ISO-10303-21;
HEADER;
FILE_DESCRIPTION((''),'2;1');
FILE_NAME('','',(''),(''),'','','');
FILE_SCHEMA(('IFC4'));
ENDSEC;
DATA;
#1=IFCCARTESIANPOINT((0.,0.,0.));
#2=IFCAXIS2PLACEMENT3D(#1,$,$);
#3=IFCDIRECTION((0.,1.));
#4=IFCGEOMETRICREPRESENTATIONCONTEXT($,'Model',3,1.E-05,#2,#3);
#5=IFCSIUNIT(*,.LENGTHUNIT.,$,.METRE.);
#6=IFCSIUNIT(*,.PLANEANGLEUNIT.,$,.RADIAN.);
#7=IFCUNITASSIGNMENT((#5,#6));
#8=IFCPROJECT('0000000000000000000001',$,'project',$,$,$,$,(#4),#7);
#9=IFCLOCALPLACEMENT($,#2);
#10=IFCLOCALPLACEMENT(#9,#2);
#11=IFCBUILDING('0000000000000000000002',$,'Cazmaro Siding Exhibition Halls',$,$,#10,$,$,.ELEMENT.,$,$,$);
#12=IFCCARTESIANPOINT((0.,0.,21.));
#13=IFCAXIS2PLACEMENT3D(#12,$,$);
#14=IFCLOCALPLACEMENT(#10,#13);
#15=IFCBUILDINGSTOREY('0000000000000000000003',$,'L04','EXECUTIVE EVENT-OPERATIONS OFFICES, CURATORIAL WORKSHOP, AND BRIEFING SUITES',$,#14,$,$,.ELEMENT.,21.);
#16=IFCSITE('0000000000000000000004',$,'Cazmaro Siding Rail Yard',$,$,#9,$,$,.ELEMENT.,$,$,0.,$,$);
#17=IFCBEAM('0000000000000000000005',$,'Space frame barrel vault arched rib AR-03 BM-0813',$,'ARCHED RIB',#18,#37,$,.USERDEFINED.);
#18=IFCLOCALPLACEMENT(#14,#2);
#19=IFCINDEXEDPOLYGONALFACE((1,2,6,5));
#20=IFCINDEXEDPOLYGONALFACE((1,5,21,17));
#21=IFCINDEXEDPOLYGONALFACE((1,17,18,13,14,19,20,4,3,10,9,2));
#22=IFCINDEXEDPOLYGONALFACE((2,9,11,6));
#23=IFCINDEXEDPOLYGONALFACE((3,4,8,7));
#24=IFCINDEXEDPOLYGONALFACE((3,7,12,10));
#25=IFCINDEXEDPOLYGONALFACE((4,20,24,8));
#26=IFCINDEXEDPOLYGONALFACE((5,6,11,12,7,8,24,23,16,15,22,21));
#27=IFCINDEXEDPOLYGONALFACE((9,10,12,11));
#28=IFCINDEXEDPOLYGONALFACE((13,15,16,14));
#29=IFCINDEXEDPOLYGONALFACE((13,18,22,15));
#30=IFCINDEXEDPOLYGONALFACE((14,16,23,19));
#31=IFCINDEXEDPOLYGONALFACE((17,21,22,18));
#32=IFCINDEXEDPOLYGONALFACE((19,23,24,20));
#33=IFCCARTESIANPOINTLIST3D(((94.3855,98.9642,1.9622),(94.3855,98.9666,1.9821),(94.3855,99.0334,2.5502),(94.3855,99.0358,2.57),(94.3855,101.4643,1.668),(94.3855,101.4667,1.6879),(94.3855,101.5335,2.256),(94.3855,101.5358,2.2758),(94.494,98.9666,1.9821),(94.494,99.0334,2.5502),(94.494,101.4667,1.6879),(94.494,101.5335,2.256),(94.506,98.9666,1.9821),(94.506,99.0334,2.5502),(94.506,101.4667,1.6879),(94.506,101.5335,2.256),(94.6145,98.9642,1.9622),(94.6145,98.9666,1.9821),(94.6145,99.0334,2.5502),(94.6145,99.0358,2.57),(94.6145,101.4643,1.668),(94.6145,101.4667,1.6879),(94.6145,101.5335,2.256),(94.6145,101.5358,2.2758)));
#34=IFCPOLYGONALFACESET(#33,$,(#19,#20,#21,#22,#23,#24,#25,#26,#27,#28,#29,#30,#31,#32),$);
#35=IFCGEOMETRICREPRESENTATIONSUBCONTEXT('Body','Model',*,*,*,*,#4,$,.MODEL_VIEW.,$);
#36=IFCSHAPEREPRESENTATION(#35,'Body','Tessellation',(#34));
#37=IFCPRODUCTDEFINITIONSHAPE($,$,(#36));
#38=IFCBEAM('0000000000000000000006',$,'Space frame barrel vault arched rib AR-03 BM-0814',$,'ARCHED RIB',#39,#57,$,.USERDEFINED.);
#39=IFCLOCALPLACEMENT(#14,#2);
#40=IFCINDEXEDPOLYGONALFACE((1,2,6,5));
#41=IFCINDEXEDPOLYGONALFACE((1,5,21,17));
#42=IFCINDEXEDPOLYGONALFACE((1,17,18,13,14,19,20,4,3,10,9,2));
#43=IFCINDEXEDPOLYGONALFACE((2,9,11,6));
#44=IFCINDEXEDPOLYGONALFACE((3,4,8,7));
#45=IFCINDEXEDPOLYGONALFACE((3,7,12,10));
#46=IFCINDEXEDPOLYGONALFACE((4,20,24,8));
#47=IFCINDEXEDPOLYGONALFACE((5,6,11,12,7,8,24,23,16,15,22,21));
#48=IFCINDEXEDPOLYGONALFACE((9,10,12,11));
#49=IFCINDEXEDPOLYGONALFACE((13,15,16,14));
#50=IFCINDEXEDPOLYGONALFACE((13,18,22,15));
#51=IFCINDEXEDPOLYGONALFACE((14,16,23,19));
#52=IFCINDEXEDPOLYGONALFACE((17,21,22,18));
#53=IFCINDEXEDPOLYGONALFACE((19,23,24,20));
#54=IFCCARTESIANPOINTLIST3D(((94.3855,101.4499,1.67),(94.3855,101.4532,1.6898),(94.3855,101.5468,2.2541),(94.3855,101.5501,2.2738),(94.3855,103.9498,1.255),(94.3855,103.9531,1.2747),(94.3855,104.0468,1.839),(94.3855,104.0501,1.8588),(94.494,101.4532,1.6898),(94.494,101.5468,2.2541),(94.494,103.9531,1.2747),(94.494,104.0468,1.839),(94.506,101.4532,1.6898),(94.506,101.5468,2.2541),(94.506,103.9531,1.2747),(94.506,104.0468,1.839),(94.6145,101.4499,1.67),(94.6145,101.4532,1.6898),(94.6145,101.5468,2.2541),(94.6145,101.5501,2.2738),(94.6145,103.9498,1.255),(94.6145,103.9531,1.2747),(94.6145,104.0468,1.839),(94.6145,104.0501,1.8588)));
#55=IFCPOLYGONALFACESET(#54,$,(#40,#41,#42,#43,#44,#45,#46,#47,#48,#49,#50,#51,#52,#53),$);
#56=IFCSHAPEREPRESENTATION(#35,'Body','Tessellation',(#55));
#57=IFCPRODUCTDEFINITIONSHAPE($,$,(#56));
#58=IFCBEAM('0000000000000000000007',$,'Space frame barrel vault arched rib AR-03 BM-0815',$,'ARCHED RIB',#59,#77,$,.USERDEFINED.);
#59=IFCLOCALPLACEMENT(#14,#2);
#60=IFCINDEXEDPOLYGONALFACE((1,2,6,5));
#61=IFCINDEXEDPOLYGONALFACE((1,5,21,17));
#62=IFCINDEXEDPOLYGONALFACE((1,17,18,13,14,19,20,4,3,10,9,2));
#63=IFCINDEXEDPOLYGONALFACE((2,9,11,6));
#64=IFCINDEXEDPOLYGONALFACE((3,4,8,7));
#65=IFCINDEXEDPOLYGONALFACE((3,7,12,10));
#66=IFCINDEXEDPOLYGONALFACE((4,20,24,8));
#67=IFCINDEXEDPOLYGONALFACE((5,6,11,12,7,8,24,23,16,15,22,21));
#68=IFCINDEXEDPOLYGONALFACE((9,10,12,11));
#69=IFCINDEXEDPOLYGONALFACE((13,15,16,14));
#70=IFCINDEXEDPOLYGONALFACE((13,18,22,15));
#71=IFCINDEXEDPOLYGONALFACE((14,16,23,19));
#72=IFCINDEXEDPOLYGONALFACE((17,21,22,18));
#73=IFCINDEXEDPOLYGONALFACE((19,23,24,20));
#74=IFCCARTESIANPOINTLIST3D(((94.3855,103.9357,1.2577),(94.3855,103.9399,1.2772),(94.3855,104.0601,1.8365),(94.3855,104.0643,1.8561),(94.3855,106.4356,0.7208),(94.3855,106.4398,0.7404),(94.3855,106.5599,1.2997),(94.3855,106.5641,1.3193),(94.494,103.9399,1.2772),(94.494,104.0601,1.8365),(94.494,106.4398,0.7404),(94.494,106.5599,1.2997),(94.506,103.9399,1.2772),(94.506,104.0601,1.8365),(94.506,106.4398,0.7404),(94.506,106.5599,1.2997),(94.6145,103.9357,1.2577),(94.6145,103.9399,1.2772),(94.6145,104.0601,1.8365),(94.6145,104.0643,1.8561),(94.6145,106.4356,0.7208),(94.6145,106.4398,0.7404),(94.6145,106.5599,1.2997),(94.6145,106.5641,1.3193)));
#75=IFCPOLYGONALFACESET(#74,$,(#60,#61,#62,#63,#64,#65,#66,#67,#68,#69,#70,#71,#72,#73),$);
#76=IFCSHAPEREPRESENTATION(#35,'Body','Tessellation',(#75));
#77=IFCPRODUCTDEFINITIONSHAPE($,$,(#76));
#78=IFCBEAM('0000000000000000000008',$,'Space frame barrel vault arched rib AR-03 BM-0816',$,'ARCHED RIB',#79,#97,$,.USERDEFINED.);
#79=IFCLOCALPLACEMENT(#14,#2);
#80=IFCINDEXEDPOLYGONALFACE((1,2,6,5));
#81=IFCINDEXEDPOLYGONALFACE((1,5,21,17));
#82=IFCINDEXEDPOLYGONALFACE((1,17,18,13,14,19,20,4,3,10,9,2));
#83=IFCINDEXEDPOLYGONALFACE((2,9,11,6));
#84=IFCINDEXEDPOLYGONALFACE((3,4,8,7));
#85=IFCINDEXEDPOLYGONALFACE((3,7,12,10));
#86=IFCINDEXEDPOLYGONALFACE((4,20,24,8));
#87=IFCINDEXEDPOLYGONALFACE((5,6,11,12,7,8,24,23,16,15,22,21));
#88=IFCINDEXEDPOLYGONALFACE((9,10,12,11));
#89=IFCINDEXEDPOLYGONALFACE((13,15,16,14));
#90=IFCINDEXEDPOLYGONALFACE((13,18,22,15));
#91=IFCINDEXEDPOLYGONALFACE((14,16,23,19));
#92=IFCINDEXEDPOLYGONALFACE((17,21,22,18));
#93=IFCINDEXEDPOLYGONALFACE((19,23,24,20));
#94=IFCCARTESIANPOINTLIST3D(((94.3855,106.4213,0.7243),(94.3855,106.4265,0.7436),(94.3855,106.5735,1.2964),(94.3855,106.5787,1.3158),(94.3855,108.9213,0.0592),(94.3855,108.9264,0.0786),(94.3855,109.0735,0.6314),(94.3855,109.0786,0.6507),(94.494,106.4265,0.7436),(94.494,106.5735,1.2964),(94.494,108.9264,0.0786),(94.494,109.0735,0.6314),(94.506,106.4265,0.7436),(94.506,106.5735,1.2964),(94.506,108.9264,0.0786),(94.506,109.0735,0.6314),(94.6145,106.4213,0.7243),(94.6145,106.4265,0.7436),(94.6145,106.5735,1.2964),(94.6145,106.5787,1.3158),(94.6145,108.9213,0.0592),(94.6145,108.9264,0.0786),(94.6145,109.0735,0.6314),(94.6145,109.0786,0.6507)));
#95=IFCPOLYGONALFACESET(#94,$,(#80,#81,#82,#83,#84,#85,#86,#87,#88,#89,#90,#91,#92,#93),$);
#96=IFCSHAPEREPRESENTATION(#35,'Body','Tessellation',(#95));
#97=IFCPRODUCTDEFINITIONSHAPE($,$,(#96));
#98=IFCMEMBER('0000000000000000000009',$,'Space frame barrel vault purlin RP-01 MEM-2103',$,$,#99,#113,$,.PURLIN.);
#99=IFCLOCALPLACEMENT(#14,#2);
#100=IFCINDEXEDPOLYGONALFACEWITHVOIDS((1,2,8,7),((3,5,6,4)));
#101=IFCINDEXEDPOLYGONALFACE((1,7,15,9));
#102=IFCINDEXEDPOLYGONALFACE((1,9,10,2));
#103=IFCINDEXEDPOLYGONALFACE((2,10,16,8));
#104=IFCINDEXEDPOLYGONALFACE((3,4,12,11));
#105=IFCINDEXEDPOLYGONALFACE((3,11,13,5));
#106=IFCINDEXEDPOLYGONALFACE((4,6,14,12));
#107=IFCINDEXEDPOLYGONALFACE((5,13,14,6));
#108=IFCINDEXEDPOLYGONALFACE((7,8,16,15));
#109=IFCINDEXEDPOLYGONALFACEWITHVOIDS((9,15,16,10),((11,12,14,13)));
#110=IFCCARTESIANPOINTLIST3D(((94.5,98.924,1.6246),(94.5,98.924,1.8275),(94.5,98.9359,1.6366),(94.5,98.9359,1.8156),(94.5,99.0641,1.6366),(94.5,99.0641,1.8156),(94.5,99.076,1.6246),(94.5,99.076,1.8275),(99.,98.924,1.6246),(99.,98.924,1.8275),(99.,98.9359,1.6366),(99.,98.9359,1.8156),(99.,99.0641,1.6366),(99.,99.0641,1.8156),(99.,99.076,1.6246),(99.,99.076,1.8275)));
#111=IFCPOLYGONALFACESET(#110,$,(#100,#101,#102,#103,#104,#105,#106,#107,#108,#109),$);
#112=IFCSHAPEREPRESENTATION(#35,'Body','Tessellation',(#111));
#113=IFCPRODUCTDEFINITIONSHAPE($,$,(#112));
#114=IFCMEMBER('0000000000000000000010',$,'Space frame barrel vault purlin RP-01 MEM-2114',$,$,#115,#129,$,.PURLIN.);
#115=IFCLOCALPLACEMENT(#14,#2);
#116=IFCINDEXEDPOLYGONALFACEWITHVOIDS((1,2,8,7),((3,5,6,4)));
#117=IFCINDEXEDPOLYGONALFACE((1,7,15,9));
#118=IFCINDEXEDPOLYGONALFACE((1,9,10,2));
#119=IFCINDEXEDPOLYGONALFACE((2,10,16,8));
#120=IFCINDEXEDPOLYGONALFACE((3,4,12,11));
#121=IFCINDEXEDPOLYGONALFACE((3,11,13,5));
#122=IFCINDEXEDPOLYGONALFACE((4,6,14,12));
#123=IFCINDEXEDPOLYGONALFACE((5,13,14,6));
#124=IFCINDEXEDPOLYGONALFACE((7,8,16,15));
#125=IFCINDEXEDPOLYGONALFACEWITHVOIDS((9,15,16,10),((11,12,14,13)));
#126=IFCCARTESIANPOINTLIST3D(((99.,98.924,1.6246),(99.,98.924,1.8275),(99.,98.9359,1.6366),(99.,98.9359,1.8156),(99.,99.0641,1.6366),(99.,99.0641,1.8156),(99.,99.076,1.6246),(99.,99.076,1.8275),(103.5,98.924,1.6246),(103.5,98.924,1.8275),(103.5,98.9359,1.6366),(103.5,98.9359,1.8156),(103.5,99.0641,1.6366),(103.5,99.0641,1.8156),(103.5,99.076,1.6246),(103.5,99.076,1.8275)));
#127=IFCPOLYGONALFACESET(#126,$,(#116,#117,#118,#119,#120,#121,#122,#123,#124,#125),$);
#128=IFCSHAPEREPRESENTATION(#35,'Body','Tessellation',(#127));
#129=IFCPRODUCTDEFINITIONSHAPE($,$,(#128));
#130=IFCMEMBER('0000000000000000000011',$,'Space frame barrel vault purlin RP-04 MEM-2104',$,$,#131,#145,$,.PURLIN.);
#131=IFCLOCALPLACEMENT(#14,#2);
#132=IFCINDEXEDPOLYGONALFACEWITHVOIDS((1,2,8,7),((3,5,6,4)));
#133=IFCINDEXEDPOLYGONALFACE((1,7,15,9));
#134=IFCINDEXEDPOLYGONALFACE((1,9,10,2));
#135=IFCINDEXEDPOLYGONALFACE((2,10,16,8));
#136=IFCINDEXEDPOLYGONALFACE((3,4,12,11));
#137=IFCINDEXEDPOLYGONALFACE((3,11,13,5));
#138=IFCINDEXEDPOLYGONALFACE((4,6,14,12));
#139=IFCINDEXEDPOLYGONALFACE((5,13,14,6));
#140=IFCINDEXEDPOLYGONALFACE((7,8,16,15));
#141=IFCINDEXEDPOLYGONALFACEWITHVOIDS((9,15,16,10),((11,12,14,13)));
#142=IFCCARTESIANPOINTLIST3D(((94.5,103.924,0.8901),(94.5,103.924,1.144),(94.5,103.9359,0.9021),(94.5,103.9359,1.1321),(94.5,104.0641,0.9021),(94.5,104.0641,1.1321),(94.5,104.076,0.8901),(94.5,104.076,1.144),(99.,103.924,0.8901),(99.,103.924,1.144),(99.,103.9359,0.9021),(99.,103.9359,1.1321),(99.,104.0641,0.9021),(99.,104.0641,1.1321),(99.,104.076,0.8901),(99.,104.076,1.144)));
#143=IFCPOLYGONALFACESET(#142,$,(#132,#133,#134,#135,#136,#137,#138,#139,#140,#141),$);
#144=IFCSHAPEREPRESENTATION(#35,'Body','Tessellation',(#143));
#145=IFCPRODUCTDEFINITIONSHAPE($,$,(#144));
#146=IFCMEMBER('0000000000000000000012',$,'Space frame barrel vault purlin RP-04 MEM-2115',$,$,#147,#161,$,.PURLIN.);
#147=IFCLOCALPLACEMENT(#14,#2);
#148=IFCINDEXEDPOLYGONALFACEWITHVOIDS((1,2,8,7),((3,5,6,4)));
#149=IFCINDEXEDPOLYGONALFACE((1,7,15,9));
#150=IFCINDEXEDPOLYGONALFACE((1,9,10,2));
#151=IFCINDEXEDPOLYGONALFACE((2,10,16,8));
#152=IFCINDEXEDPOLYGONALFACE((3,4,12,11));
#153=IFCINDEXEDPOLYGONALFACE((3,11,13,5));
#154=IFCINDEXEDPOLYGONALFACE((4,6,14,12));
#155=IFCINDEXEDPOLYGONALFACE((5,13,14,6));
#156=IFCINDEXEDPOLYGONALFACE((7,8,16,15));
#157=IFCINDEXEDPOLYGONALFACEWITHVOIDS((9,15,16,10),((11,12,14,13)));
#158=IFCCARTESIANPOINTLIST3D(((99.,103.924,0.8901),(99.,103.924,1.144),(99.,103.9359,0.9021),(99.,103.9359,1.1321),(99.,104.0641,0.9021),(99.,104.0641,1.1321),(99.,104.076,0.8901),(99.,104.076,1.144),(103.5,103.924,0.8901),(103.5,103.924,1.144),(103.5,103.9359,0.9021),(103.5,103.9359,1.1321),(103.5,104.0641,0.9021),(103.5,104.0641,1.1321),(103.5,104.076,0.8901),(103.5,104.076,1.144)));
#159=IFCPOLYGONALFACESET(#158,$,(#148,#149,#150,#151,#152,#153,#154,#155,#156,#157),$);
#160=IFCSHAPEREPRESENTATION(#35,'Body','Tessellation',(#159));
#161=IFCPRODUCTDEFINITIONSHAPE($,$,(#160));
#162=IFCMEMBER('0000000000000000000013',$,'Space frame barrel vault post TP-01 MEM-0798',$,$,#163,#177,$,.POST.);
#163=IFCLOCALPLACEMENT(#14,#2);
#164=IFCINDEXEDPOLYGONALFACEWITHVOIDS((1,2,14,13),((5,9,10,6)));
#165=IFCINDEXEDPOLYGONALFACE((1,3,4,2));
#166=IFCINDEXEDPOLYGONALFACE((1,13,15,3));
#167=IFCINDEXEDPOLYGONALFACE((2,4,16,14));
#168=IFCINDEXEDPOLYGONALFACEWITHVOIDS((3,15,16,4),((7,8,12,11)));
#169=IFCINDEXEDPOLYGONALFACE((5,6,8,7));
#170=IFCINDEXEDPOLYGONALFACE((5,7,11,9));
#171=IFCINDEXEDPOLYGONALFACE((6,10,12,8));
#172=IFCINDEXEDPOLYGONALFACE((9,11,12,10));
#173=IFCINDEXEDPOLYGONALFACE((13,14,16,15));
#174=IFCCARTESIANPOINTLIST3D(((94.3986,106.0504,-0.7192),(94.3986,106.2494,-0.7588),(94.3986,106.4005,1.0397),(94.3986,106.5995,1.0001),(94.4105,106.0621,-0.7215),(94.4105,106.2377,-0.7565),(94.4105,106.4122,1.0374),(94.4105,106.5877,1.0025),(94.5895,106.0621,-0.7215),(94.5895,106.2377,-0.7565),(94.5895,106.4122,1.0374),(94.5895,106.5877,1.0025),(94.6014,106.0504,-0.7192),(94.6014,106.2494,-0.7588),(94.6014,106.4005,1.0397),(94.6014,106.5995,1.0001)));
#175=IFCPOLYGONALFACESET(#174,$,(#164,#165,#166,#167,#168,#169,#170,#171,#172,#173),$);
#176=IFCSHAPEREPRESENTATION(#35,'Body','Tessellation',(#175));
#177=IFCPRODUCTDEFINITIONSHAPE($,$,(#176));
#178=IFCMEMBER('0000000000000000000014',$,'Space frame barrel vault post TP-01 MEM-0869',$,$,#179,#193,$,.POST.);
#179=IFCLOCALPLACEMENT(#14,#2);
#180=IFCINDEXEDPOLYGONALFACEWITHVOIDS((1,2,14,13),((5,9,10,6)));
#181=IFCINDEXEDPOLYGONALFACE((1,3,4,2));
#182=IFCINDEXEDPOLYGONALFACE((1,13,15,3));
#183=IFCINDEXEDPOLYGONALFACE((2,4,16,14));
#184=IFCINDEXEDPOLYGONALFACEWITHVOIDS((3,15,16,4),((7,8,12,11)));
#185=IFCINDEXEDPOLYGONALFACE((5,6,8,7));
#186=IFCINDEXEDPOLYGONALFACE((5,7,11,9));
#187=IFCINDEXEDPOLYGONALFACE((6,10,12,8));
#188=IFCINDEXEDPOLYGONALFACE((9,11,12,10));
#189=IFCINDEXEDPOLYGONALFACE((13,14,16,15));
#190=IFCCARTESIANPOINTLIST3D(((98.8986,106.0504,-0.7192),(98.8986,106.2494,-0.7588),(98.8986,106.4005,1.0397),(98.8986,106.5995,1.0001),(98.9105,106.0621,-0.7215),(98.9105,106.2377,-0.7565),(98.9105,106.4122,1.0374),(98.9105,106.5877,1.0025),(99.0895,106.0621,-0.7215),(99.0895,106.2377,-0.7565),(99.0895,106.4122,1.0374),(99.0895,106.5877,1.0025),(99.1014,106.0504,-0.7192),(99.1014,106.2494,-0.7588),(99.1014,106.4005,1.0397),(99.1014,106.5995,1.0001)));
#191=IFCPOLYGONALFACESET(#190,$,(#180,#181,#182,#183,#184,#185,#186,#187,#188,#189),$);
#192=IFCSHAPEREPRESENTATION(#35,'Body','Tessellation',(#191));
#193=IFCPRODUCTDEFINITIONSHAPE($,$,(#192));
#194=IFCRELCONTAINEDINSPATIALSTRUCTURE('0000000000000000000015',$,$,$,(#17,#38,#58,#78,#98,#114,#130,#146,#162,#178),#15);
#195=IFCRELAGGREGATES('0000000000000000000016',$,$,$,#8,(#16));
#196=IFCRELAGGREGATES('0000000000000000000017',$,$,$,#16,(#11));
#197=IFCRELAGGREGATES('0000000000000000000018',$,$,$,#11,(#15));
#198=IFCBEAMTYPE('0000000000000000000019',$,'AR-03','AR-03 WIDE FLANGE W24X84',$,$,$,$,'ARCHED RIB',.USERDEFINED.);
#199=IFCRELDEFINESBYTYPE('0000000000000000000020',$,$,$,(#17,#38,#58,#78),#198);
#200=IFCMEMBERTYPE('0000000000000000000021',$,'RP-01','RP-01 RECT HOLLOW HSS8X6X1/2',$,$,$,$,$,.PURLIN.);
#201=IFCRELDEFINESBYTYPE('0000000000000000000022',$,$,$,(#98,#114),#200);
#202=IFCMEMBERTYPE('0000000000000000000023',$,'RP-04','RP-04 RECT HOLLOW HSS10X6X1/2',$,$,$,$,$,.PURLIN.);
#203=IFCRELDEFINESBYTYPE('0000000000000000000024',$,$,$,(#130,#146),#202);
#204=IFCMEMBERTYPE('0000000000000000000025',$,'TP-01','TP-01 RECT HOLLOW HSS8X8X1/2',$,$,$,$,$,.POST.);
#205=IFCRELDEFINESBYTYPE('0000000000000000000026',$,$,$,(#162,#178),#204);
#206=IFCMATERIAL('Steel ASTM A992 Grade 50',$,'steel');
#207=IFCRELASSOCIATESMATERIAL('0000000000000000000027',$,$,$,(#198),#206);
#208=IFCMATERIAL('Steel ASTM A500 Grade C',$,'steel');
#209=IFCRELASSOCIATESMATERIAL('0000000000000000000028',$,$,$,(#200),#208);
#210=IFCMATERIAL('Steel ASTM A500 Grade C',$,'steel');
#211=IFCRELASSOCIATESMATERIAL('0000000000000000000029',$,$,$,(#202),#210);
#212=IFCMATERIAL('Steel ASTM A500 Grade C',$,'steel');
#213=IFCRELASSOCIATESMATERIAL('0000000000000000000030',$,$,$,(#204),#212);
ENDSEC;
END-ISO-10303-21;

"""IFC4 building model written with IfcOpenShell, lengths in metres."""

from ifc_helpers import new_model, si_unit, direction, frame, origin, origin_2d, place, context, subcontext, project, spatial, hollow_rectangle, i_section, extrude, material, material_profile, profile_set, type_object, element, save


model = new_model("IFC4")

# Units and contexts
model_context = context("Model", 3, precision=1e-05, world=origin(), true_north=direction((0.0, 1.0)))
body_context = subcontext(model_context, "Body", "Model", "MODEL_VIEW")
ifc_project = project(units=[si_unit("LENGTHUNIT", "METRE"), si_unit("PLANEANGLEUNIT", "RADIAN")], contexts=[model_context])

# Site, building, storey
site_placement = place(None, origin())
site = spatial("IfcSite", under=ifc_project, at=site_placement, Name="Cazmaro Siding Rail Yard", CompositionType="ELEMENT", RefElevation=0.0)
building_placement = place(site_placement, origin())
building = spatial("IfcBuilding", under=site, at=building_placement, Name="Cazmaro Siding Exhibition Halls", CompositionType="ELEMENT")
storey_placement = place(building_placement, frame((0.0, 0.0, 21.0)))
storey = spatial("IfcBuildingStorey", under=building, at=storey_placement, Name="L04", Description="EXECUTIVE EVENT-OPERATIONS OFFICES, CURATORIAL WORKSHOP, AND BRIEFING SUITES", CompositionType="ELEMENT", Elevation=21.0)

# Beams
ifc_material_1 = material(Name="Steel ASTM A992 Grade 50", Category="steel")
ifc_material_profile_1 = material_profile(ifc_material_1, i_section(OverallWidth=0.229, OverallDepth=0.6121, WebThickness=0.012, FlangeThickness=0.02, at=origin_2d()), Name="W24X84")
ifc_profile_set_1 = profile_set([ifc_material_profile_1], Name="Steel ASTM A992 Grade 50")
beam_type_1 = type_object("IfcBeamType", Name="AR-03", Description="AR-03 WIDE FLANGE W24X84", ElementType="ARCHED RIB", PredefinedType="USERDEFINED", material=ifc_profile_set_1)
beam_1_placement = place(storey_placement, frame((94.5, 99.0, 2.2661), z_axis=(0.0, 0.993147, -0.116869), x_axis=(-1.0, 0.0, 0.0)))
element("IfcBeam", 1, at=beam_1_placement, inside=storey, type_object=beam_type_1, Name="Space frame barrel vault arched rib AR-03 BM-0813", ObjectType="ARCHED RIB", PredefinedType="USERDEFINED", context=body_context, shape_type="SweptSolid", body=[
    extrude(i_section(OverallWidth=0.229, OverallDepth=0.6121, WebThickness=0.012, FlangeThickness=0.02, at=origin_2d()), origin(), (0.0, 0.0, 1.0), 2.5173),
])
beam_2_placement = place(storey_placement, frame((94.5, 101.5, 1.9719), z_axis=(0.0, 0.986498, -0.163774), x_axis=(-1.0, 0.0, 0.0)))
element("IfcBeam", 2, at=beam_2_placement, inside=storey, type_object=beam_type_1, Name="Space frame barrel vault arched rib AR-03 BM-0814", ObjectType="ARCHED RIB", PredefinedType="USERDEFINED", context=body_context, shape_type="SweptSolid", body=[
    extrude(i_section(OverallWidth=0.229, OverallDepth=0.6121, WebThickness=0.012, FlangeThickness=0.02, at=origin_2d()), origin(), (0.0, 0.0, 1.0), 2.5342),
])
beam_3_placement = place(storey_placement, frame((94.5, 104.0, 1.5569), z_axis=(0.0, 0.97771, -0.209959), x_axis=(-1.0, 0.0, 0.0)))
element("IfcBeam", 3, at=beam_3_placement, inside=storey, type_object=beam_type_1, Name="Space frame barrel vault arched rib AR-03 BM-0815", ObjectType="ARCHED RIB", PredefinedType="USERDEFINED", context=body_context, shape_type="SweptSolid", body=[
    extrude(i_section(OverallWidth=0.229, OverallDepth=0.6121, WebThickness=0.012, FlangeThickness=0.02, at=origin_2d()), origin(), (0.0, 0.0, 1.0), 2.5569),
])
beam_4_placement = place(storey_placement, frame((94.5, 106.5, 1.02), z_axis=(0.0, 0.966391, -0.257075), x_axis=(-1.0, 0.0, 0.0)))
element("IfcBeam", 4, at=beam_4_placement, inside=storey, type_object=beam_type_1, Name="Space frame barrel vault arched rib AR-03 BM-0816", ObjectType="ARCHED RIB", PredefinedType="USERDEFINED", context=body_context, shape_type="SweptSolid", body=[
    extrude(i_section(OverallWidth=0.229, OverallDepth=0.6121, WebThickness=0.012, FlangeThickness=0.02, at=origin_2d()), origin(), (0.0, 0.0, 1.0), 2.5869),
])

# Members
ifc_material_2 = material(Name="Steel ASTM A500 Grade C", Category="steel")
ifc_material_profile_2 = material_profile(ifc_material_2, hollow_rectangle(XDim=0.1521, YDim=0.2029, WallThickness=0.012, at=origin_2d()), Name="HSS8X6X1/2")
ifc_profile_set_2 = profile_set([ifc_material_profile_2], Name="Steel ASTM A500 Grade C")
member_type_1 = type_object("IfcMemberType", Name="RP-01", Description="RP-01 RECT HOLLOW HSS8X6X1/2", PredefinedType="PURLIN", material=ifc_profile_set_2)
for number, where, z_axis, x_axis, name in (
    (5, (94.5, 99.0, 1.7261), (1.0, 0.0, 0.0), (0.0, 1.0, 0.0), "Space frame barrel vault purlin RP-01 MEM-2103"),
    (6, (99.0, 99.0, 1.7261), (1.0, 0.0, 0.0), (0.0, 1.0, 0.0), "Space frame barrel vault purlin RP-01 MEM-2114"),
):
    element("IfcMember", number, at=place(storey_placement, frame(where, z_axis=z_axis, x_axis=x_axis)), inside=storey, type_object=member_type_1, Name=name, PredefinedType="PURLIN", context=body_context, shape_type="SweptSolid", body=[
        extrude(hollow_rectangle(XDim=0.1521, YDim=0.2029, WallThickness=0.012, at=origin_2d()), origin(), (0.0, 0.0, 1.0), 4.5),
    ])
ifc_material_3 = material(Name="Steel ASTM A500 Grade C", Category="steel")
ifc_material_profile_3 = material_profile(ifc_material_3, hollow_rectangle(XDim=0.1521, YDim=0.2539, WallThickness=0.012, at=origin_2d()), Name="HSS10X6X1/2")
ifc_profile_set_3 = profile_set([ifc_material_profile_3], Name="Steel ASTM A500 Grade C")
member_type_2 = type_object("IfcMemberType", Name="RP-04", Description="RP-04 RECT HOLLOW HSS10X6X1/2", PredefinedType="PURLIN", material=ifc_profile_set_3)
for number, where, z_axis, x_axis, name in (
    (7, (94.5, 104.0, 1.0171), (1.0, 0.0, 0.0), (0.0, 1.0, 0.0), "Space frame barrel vault purlin RP-04 MEM-2104"),
    (8, (99.0, 104.0, 1.0171), (1.0, 0.0, 0.0), (0.0, 1.0, 0.0), "Space frame barrel vault purlin RP-04 MEM-2115"),
):
    element("IfcMember", number, at=place(storey_placement, frame(where, z_axis=z_axis, x_axis=x_axis)), inside=storey, type_object=member_type_2, Name=name, PredefinedType="PURLIN", context=body_context, shape_type="SweptSolid", body=[
        extrude(hollow_rectangle(XDim=0.1521, YDim=0.2539, WallThickness=0.012, at=origin_2d()), origin(), (0.0, 0.0, 1.0), 4.5),
    ])
ifc_material_4 = material(Name="Steel ASTM A500 Grade C", Category="steel")
ifc_material_profile_4 = material_profile(ifc_material_4, hollow_rectangle(XDim=0.2029, YDim=0.2029, WallThickness=0.012, at=origin_2d()), Name="HSS8X8X1/2")
ifc_profile_set_4 = profile_set([ifc_material_profile_4], Name="Steel ASTM A500 Grade C")
member_type_3 = type_object("IfcMemberType", Name="TP-01", Description="TP-01 RECT HOLLOW HSS8X8X1/2", PredefinedType="POST", material=ifc_profile_set_4)
for number, where, z_axis, x_axis, name in (
    (9, (94.5, 106.1499, -0.739), (0.0, 0.1952, 0.980763), (-1.0, 0.0, 0.0), "Space frame barrel vault post TP-01 MEM-0798"),
    (10, (99.0, 106.1499, -0.739), (0.0, 0.1952, 0.980763), (-1.0, 0.0, 0.0), "Space frame barrel vault post TP-01 MEM-0869"),
):
    element("IfcMember", number, at=place(storey_placement, frame(where, z_axis=z_axis, x_axis=x_axis)), inside=storey, type_object=member_type_3, Name=name, PredefinedType="POST", context=body_context, shape_type="SweptSolid", body=[
        extrude(hollow_rectangle(XDim=0.2029, YDim=0.2029, WallThickness=0.012, at=origin_2d()), origin(), (0.0, 0.0, 1.0), 1.7935),
    ])

save(model, "model.ifc")
